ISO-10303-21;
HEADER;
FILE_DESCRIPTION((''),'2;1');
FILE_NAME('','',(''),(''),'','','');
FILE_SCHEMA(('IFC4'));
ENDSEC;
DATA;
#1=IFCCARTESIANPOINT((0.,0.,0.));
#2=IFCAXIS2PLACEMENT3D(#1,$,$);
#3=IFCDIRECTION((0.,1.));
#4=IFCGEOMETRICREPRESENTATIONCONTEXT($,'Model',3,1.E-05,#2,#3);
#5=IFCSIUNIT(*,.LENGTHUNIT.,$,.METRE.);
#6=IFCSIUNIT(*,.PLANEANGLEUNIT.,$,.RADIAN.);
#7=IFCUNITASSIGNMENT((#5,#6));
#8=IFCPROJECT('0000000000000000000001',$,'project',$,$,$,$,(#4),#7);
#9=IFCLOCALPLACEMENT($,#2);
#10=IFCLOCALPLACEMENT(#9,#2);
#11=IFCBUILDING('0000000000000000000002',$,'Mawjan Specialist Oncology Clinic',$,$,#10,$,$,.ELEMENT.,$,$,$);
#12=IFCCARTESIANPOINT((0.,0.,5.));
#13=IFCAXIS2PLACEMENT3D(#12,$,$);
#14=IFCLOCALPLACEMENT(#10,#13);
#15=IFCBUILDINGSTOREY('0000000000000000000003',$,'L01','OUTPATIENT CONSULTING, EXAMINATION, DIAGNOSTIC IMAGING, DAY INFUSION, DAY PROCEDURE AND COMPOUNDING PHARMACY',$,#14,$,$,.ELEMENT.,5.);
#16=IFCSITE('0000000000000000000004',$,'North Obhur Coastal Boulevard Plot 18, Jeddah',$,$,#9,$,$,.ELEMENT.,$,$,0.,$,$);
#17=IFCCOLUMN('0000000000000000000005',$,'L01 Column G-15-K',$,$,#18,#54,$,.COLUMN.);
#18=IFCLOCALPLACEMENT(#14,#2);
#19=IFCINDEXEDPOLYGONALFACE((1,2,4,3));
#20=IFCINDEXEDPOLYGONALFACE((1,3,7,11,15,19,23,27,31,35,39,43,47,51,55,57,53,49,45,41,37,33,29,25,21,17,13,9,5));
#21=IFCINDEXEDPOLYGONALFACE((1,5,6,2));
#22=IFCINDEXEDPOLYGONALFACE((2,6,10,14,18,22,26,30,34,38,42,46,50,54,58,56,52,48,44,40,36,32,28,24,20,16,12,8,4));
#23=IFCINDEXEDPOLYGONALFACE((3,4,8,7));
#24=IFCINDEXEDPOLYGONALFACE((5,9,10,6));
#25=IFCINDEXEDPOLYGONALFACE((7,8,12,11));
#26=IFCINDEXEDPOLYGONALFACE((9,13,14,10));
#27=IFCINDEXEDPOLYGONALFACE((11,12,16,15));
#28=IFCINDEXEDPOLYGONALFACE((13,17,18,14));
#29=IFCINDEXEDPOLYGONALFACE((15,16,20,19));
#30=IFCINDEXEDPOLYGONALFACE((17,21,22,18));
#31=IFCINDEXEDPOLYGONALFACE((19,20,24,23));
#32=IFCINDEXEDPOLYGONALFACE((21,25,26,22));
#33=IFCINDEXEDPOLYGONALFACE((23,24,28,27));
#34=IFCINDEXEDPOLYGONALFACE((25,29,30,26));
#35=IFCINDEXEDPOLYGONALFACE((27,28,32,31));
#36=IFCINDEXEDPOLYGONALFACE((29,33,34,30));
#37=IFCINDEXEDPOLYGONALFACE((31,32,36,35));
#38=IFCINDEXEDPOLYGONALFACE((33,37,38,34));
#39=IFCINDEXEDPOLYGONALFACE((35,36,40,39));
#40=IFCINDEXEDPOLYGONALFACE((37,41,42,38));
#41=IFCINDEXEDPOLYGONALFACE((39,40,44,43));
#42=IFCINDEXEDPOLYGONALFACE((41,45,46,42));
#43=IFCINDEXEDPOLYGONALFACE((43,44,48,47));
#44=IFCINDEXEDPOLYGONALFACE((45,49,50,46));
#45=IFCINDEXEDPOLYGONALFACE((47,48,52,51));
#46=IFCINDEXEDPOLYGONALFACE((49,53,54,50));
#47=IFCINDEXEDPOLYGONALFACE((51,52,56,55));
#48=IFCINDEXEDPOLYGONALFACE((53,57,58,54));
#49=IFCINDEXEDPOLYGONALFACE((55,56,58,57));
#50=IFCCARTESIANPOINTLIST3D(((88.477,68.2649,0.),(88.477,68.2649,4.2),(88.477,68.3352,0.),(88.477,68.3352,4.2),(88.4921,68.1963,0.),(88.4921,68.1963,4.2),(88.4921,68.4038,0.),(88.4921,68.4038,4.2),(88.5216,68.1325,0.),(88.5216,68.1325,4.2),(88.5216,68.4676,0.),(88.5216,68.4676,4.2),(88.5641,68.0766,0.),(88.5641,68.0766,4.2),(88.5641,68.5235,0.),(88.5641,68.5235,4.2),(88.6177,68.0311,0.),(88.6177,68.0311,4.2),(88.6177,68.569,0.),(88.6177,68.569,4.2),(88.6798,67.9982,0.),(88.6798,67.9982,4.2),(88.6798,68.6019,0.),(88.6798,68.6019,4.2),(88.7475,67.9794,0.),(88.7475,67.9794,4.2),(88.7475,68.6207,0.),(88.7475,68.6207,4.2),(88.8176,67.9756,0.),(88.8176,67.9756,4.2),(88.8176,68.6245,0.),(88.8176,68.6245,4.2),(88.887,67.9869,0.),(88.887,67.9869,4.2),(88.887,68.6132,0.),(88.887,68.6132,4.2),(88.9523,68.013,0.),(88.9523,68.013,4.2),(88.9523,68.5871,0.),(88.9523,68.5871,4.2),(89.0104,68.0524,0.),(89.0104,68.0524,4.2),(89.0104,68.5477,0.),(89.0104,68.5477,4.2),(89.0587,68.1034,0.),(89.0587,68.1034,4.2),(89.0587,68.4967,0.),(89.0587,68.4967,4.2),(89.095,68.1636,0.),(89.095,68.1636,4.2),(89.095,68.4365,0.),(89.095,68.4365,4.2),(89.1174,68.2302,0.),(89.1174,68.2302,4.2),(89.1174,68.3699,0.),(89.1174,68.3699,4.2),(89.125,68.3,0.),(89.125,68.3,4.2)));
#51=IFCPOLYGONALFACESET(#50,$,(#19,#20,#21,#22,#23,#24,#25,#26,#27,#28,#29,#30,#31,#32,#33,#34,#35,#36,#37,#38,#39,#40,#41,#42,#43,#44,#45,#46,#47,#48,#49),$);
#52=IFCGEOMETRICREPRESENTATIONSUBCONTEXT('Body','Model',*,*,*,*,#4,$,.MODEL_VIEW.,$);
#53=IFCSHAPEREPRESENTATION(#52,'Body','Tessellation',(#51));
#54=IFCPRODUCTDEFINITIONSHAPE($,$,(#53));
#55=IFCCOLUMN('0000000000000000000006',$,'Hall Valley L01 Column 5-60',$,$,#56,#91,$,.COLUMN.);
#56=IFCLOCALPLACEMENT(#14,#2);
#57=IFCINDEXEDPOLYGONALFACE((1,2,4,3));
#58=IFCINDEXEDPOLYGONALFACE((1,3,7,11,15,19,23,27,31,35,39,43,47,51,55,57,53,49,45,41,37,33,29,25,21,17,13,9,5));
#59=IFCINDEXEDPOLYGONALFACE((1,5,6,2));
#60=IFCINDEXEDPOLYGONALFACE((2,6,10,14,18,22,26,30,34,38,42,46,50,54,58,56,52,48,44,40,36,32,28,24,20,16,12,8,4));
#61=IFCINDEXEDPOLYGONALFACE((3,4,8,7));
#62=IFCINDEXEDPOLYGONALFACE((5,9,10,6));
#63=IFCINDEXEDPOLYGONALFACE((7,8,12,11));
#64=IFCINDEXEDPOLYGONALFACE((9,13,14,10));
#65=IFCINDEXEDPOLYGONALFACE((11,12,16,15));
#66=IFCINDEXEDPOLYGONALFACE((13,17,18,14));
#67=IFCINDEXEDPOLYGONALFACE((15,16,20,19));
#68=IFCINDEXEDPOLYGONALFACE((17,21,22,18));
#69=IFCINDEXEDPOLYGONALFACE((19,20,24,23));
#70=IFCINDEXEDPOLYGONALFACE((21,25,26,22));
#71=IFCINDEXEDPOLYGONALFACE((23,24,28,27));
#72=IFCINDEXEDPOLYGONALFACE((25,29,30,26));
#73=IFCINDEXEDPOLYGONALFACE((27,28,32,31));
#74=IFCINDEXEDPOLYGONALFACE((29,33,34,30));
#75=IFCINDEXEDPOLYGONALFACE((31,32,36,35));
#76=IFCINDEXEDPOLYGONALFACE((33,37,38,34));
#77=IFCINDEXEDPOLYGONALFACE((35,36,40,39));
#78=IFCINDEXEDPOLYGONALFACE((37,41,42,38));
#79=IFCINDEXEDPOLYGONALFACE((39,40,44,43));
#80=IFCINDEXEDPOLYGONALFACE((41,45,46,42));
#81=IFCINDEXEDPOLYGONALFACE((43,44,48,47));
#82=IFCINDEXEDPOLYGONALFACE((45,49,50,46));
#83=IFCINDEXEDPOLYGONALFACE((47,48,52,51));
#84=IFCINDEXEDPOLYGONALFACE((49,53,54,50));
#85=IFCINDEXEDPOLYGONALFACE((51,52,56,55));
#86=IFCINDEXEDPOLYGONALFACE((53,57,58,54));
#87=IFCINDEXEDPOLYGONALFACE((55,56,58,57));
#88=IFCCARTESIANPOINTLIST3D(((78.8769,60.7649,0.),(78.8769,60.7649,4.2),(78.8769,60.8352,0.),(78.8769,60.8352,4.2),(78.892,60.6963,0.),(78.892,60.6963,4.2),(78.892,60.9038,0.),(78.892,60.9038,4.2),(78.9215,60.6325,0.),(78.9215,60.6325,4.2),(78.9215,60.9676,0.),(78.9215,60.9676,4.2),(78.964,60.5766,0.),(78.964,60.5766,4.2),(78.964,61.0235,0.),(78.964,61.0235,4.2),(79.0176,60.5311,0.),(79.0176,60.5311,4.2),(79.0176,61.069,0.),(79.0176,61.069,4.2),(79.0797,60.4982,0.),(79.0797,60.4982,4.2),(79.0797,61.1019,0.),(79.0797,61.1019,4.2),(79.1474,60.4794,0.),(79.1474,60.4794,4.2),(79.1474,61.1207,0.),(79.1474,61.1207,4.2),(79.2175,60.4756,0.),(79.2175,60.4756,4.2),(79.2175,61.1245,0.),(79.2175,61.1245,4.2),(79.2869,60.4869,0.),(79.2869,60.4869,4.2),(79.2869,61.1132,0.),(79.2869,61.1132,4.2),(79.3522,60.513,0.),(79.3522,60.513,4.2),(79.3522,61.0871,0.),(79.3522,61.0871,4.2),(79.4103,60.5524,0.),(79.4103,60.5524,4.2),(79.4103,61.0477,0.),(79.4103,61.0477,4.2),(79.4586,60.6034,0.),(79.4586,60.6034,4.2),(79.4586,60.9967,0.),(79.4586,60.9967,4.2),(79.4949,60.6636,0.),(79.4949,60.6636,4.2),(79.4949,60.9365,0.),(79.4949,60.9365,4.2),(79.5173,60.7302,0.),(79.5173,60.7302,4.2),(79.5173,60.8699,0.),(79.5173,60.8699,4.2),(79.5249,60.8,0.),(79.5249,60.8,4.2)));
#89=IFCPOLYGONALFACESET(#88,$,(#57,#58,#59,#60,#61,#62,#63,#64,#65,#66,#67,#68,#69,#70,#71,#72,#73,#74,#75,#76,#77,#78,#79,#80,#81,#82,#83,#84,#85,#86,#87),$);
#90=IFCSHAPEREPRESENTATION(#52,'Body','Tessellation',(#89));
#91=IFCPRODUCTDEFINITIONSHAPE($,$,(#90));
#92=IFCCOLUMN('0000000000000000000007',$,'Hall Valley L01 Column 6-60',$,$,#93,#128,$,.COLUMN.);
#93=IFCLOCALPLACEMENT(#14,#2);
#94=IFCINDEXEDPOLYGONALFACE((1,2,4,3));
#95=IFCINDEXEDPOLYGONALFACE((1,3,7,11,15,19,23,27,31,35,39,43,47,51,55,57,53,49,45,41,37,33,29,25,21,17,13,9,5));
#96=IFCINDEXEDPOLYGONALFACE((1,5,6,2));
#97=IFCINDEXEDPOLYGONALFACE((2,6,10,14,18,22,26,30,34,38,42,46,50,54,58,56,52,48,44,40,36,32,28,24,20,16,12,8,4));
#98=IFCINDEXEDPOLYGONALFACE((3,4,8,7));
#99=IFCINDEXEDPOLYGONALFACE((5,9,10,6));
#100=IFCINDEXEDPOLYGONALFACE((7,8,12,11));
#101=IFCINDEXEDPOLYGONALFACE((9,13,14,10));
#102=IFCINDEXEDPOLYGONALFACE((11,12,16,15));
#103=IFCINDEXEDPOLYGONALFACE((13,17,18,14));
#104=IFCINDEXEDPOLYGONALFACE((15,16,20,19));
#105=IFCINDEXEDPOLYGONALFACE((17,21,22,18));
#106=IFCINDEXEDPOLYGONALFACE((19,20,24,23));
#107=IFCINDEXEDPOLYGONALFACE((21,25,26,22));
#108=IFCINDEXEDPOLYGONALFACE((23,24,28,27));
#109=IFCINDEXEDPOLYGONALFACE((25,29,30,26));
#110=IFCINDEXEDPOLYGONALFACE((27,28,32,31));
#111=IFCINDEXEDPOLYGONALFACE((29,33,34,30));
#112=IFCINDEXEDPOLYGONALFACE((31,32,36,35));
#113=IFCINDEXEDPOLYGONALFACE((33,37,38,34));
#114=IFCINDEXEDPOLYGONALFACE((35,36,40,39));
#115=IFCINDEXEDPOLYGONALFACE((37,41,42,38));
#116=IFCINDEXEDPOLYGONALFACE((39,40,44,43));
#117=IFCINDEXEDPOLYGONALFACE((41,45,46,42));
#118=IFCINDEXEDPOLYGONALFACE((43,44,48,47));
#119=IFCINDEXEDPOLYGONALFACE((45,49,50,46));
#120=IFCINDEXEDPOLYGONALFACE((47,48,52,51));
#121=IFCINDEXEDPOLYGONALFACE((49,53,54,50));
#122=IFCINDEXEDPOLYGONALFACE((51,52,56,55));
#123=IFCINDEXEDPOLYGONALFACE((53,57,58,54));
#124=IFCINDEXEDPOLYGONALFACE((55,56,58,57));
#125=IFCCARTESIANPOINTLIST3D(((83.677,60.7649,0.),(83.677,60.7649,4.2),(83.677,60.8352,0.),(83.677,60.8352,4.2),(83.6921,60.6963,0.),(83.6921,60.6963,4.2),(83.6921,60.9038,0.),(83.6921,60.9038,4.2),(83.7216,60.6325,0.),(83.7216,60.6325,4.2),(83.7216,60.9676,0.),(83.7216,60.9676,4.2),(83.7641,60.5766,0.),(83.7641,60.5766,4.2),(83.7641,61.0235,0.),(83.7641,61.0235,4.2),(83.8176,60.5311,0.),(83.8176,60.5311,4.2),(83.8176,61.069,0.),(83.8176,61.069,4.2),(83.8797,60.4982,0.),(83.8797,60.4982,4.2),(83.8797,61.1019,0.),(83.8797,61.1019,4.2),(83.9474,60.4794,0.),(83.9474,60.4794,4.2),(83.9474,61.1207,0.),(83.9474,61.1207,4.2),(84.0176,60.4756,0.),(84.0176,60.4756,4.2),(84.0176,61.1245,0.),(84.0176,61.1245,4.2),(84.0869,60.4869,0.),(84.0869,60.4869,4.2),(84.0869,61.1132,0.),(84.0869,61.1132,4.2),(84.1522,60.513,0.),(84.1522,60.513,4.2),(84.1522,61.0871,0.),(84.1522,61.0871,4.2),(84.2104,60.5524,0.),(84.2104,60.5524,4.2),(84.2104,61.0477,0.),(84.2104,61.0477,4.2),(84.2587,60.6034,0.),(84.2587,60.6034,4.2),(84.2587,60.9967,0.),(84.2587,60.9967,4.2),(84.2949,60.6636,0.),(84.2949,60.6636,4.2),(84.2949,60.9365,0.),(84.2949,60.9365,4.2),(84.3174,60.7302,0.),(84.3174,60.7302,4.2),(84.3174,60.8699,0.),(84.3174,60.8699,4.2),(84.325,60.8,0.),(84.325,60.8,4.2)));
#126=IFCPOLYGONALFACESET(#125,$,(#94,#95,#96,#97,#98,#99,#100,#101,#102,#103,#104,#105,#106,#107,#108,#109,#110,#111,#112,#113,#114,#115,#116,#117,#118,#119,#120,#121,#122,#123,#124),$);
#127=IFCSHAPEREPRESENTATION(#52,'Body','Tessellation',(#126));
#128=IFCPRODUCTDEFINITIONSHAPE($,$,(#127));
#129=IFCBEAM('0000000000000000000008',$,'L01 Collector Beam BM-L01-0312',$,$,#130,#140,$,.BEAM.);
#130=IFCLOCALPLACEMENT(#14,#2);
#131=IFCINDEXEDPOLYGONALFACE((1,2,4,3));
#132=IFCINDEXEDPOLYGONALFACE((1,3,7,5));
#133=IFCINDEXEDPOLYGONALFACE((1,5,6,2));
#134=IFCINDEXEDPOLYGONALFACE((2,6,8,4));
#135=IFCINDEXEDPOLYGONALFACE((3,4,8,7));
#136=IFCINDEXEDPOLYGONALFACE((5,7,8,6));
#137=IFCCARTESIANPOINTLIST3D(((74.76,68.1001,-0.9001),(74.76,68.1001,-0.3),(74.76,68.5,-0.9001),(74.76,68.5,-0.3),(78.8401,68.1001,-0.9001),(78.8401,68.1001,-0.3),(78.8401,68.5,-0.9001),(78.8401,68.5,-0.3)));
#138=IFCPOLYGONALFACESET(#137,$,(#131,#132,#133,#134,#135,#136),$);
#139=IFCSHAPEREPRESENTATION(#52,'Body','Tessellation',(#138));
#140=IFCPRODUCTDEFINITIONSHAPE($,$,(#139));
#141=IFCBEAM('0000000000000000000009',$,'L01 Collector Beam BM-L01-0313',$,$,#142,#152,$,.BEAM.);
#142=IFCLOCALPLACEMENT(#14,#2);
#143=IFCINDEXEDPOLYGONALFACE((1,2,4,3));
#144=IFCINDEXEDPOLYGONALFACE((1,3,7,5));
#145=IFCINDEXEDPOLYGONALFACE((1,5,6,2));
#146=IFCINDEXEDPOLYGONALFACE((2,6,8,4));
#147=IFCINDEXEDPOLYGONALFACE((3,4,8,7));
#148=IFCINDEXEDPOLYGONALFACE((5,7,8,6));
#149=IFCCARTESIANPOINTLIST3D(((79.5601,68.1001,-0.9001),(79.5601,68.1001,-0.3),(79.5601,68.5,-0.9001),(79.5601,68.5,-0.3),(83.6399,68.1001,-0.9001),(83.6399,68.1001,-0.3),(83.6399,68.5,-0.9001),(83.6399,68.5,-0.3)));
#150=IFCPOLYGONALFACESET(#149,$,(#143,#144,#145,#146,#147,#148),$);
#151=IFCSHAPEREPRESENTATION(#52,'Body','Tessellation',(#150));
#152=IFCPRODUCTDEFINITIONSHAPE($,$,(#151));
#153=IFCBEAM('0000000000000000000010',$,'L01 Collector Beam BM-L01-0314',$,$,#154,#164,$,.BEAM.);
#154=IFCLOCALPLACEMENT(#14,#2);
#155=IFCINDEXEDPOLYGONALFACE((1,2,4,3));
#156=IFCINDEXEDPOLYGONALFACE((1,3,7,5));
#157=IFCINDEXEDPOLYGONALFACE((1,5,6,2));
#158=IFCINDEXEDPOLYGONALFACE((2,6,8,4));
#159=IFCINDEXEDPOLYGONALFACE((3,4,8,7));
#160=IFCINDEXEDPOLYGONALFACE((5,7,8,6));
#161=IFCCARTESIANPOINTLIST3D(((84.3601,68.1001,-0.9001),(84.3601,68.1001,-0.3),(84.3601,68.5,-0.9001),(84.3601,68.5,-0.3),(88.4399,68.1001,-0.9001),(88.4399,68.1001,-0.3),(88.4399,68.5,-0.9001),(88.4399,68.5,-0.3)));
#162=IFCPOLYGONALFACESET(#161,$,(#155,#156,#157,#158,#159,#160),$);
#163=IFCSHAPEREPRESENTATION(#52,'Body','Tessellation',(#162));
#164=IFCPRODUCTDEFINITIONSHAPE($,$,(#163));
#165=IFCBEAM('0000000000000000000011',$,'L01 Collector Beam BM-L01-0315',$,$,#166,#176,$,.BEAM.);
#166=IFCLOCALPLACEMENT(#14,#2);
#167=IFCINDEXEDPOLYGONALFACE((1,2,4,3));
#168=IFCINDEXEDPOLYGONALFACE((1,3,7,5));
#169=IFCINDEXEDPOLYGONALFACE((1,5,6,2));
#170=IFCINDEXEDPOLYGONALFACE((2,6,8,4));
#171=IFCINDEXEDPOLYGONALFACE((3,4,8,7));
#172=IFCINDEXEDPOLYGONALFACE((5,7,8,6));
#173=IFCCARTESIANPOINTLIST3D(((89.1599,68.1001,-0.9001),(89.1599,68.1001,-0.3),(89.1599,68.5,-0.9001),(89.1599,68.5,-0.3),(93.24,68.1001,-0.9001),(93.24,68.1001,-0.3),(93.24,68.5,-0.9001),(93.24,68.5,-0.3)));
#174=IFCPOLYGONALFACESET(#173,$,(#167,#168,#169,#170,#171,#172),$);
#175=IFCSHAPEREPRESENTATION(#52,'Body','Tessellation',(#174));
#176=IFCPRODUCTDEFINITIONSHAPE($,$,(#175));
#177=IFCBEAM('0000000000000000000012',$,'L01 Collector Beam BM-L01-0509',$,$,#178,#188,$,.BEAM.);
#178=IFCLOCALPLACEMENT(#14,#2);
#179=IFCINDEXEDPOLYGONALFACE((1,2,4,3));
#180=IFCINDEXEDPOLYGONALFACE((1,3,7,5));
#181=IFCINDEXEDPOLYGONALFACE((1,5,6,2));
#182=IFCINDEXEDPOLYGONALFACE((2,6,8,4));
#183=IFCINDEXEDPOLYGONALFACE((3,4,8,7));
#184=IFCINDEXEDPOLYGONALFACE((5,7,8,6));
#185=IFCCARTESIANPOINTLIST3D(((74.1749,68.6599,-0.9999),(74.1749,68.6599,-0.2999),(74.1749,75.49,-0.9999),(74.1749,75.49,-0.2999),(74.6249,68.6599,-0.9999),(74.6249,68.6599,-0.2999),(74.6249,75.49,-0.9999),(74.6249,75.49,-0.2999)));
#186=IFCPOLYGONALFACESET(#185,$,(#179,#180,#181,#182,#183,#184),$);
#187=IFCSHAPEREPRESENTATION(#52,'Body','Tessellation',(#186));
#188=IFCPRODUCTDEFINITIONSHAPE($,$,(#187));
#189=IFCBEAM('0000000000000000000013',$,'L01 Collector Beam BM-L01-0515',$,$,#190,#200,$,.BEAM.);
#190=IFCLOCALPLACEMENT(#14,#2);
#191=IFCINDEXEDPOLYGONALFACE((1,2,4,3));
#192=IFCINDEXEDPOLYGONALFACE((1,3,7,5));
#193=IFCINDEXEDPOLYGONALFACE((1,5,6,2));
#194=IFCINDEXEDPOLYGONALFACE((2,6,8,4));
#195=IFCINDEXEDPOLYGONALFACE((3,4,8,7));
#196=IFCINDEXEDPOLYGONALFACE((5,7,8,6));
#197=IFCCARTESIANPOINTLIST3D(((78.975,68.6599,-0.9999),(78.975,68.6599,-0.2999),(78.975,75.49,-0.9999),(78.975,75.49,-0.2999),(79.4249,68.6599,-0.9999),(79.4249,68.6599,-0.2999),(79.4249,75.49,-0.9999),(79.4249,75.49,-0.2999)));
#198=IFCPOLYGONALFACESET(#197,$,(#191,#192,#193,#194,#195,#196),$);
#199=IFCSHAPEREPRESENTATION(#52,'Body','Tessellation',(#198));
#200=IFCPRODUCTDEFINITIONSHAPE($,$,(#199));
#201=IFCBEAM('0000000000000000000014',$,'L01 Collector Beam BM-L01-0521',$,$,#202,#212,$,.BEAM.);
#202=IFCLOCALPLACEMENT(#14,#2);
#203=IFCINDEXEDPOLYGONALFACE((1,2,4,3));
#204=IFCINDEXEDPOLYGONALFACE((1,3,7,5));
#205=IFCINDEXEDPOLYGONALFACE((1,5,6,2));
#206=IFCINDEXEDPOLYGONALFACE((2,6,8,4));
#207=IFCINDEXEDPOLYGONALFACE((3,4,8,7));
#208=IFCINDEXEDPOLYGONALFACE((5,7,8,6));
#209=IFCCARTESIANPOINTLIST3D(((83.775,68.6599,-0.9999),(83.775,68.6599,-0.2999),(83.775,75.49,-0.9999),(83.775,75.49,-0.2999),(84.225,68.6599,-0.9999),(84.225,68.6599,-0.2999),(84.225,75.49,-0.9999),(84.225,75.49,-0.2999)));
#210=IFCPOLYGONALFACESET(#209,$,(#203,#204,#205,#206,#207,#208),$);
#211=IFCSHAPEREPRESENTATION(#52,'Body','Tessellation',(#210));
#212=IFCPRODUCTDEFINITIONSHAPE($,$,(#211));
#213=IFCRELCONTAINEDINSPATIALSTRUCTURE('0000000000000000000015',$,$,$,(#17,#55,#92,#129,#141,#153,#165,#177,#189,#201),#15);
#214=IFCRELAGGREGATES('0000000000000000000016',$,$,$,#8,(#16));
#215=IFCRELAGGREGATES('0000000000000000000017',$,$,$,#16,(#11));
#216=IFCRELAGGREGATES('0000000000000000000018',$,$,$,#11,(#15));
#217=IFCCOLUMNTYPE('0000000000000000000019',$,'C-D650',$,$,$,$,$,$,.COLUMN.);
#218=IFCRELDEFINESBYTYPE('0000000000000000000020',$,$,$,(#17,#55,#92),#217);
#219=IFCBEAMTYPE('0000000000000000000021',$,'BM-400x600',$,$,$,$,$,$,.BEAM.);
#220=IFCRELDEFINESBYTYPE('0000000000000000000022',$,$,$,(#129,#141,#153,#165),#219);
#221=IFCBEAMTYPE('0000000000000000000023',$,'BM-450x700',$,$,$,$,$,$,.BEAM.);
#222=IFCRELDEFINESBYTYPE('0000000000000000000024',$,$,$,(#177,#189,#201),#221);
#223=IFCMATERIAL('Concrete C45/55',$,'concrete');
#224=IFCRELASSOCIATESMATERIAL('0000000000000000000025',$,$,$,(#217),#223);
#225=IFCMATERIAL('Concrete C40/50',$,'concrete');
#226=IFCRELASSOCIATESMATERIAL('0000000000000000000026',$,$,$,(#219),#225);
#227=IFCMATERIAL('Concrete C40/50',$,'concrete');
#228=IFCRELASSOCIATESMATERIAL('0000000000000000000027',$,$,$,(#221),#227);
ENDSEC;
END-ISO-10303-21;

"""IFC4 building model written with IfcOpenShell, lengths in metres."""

from ifc_helpers import new_model, si_unit, direction, frame, origin, origin_2d, place, context, subcontext, project, spatial, rectangle, circle, extrude, material, material_profile, profile_set, type_object, element, save


model = new_model("IFC4")

# Units and contexts
model_context = context("Model", 3, precision=1e-05, world=origin(), true_north=direction((0.0, 1.0)))
body_context = subcontext(model_context, "Body", "Model", "MODEL_VIEW")
ifc_project = project(units=[si_unit("LENGTHUNIT", "METRE"), si_unit("PLANEANGLEUNIT", "RADIAN")], contexts=[model_context])

# Site, building, storey
site_placement = place(None, origin())
site = spatial("IfcSite", under=ifc_project, at=site_placement, Name="North Obhur Coastal Boulevard Plot 18, Jeddah", CompositionType="ELEMENT", RefElevation=0.0)
building_placement = place(site_placement, origin())
building = spatial("IfcBuilding", under=site, at=building_placement, Name="Mawjan Specialist Oncology Clinic", CompositionType="ELEMENT")
storey_placement = place(building_placement, frame((0.0, 0.0, 5.0)))
storey = spatial("IfcBuildingStorey", under=building, at=storey_placement, Name="L01", Description="OUTPATIENT CONSULTING, EXAMINATION, DIAGNOSTIC IMAGING, DAY INFUSION, DAY PROCEDURE AND COMPOUNDING PHARMACY", CompositionType="ELEMENT", Elevation=5.0)

# Columns
ifc_material_1 = material(Name="Concrete C45/55", Category="concrete")
ifc_material_profile_1 = material_profile(ifc_material_1, circle(Radius=0.325, at=origin_2d()), Name="RC COL D650", Category="concrete")
ifc_profile_set_1 = profile_set([ifc_material_profile_1], Name="Concrete C45/55")
column_type = type_object("IfcColumnType", Name="C-D650", PredefinedType="COLUMN", material=ifc_profile_set_1)
for number, where, z_axis, x_axis, name in (
    (1, (88.8, 68.3, 0.0), (0.0, 0.0, 1.0), (1.0, 0.0, 0.0), "L01 Column G-15-K"),
    (2, (79.2, 60.8, 0.0), (0.0, 0.0, 1.0), (1.0, 0.0, 0.0), "Hall Valley L01 Column 5-60"),
    (3, (84.0, 60.8, 0.0), (0.0, 0.0, 1.0), (1.0, 0.0, 0.0), "Hall Valley L01 Column 6-60"),
):
    element("IfcColumn", number, at=place(storey_placement, frame(where, z_axis=z_axis, x_axis=x_axis)), inside=storey, type_object=column_type, Name=name, PredefinedType="COLUMN", context=body_context, shape_type="SweptSolid", body=[
        extrude(circle(Radius=0.325, at=origin_2d()), origin(), (0.0, 0.0, 1.0), 4.2),
    ])

# Beams
ifc_material_2 = material(Name="Concrete C40/50", Category="concrete")
ifc_material_profile_2 = material_profile(ifc_material_2, rectangle(XDim=0.3999, YDim=0.6001, at=origin_2d()), Name="RC BM 400x600", Category="concrete")
ifc_profile_set_2 = profile_set([ifc_material_profile_2], Name="Concrete C40/50")
beam_type_1 = type_object("IfcBeamType", Name="BM-400x600", PredefinedType="BEAM", material=ifc_profile_set_2)
beam_1_placement = place(storey_placement, frame((74.76, 68.3, -0.6001), z_axis=(1.0, 0.0, 0.0), x_axis=(0.0, 1.0, 0.0)))
element("IfcBeam", 4, at=beam_1_placement, inside=storey, type_object=beam_type_1, Name="L01 Collector Beam BM-L01-0312", PredefinedType="BEAM", context=body_context, shape_type="SweptSolid", body=[
    extrude(rectangle(XDim=0.3999, YDim=0.6001, at=origin_2d()), origin(), (0.0, 0.0, 1.0), 4.0801),
])
for number, where, z_axis, x_axis, name in (
    (5, (79.5601, 68.3, -0.6001), (1.0, 0.0, 0.0), (0.0, 1.0, 0.0), "L01 Collector Beam BM-L01-0313"),
    (6, (84.3601, 68.3, -0.6001), (1.0, 0.0, 0.0), (0.0, 1.0, 0.0), "L01 Collector Beam BM-L01-0314"),
):
    element("IfcBeam", number, at=place(storey_placement, frame(where, z_axis=z_axis, x_axis=x_axis)), inside=storey, type_object=beam_type_1, Name=name, PredefinedType="BEAM", context=body_context, shape_type="SweptSolid", body=[
        extrude(rectangle(XDim=0.3999, YDim=0.6001, at=origin_2d()), origin(), (0.0, 0.0, 1.0), 4.0798),
    ])
beam_2_placement = place(storey_placement, frame((89.1599, 68.3, -0.6001), z_axis=(1.0, 0.0, 0.0), x_axis=(0.0, 1.0, 0.0)))
element("IfcBeam", 7, at=beam_2_placement, inside=storey, type_object=beam_type_1, Name="L01 Collector Beam BM-L01-0315", PredefinedType="BEAM", context=body_context, shape_type="SweptSolid", body=[
    extrude(rectangle(XDim=0.3999, YDim=0.6001, at=origin_2d()), origin(), (0.0, 0.0, 1.0), 4.0801),
])
ifc_material_3 = material(Name="Concrete C40/50", Category="concrete")
ifc_material_profile_3 = material_profile(ifc_material_3, rectangle(XDim=0.45, YDim=0.7, at=origin_2d()), Name="RC BM 450x700", Category="concrete")
ifc_profile_set_3 = profile_set([ifc_material_profile_3], Name="Concrete C40/50")
beam_type_2 = type_object("IfcBeamType", Name="BM-450x700", PredefinedType="BEAM", material=ifc_profile_set_3)
for number, where, z_axis, x_axis, name in (
    (8, (74.3999, 68.6599, -0.6499), (0.0, 1.0, 0.0), (-1.0, 0.0, 0.0), "L01 Collector Beam BM-L01-0509"),
    (9, (79.2, 68.6599, -0.6499), (0.0, 1.0, 0.0), (-1.0, 0.0, 0.0), "L01 Collector Beam BM-L01-0515"),
    (10, (84.0, 68.6599, -0.6499), (0.0, 1.0, 0.0), (-1.0, 0.0, 0.0), "L01 Collector Beam BM-L01-0521"),
):
    element("IfcBeam", number, at=place(storey_placement, frame(where, z_axis=z_axis, x_axis=x_axis)), inside=storey, type_object=beam_type_2, Name=name, PredefinedType="BEAM", context=body_context, shape_type="SweptSolid", body=[
        extrude(rectangle(XDim=0.45, YDim=0.7, at=origin_2d()), origin(), (0.0, 0.0, 1.0), 6.8301),
    ])

save(model, "model.ifc")
